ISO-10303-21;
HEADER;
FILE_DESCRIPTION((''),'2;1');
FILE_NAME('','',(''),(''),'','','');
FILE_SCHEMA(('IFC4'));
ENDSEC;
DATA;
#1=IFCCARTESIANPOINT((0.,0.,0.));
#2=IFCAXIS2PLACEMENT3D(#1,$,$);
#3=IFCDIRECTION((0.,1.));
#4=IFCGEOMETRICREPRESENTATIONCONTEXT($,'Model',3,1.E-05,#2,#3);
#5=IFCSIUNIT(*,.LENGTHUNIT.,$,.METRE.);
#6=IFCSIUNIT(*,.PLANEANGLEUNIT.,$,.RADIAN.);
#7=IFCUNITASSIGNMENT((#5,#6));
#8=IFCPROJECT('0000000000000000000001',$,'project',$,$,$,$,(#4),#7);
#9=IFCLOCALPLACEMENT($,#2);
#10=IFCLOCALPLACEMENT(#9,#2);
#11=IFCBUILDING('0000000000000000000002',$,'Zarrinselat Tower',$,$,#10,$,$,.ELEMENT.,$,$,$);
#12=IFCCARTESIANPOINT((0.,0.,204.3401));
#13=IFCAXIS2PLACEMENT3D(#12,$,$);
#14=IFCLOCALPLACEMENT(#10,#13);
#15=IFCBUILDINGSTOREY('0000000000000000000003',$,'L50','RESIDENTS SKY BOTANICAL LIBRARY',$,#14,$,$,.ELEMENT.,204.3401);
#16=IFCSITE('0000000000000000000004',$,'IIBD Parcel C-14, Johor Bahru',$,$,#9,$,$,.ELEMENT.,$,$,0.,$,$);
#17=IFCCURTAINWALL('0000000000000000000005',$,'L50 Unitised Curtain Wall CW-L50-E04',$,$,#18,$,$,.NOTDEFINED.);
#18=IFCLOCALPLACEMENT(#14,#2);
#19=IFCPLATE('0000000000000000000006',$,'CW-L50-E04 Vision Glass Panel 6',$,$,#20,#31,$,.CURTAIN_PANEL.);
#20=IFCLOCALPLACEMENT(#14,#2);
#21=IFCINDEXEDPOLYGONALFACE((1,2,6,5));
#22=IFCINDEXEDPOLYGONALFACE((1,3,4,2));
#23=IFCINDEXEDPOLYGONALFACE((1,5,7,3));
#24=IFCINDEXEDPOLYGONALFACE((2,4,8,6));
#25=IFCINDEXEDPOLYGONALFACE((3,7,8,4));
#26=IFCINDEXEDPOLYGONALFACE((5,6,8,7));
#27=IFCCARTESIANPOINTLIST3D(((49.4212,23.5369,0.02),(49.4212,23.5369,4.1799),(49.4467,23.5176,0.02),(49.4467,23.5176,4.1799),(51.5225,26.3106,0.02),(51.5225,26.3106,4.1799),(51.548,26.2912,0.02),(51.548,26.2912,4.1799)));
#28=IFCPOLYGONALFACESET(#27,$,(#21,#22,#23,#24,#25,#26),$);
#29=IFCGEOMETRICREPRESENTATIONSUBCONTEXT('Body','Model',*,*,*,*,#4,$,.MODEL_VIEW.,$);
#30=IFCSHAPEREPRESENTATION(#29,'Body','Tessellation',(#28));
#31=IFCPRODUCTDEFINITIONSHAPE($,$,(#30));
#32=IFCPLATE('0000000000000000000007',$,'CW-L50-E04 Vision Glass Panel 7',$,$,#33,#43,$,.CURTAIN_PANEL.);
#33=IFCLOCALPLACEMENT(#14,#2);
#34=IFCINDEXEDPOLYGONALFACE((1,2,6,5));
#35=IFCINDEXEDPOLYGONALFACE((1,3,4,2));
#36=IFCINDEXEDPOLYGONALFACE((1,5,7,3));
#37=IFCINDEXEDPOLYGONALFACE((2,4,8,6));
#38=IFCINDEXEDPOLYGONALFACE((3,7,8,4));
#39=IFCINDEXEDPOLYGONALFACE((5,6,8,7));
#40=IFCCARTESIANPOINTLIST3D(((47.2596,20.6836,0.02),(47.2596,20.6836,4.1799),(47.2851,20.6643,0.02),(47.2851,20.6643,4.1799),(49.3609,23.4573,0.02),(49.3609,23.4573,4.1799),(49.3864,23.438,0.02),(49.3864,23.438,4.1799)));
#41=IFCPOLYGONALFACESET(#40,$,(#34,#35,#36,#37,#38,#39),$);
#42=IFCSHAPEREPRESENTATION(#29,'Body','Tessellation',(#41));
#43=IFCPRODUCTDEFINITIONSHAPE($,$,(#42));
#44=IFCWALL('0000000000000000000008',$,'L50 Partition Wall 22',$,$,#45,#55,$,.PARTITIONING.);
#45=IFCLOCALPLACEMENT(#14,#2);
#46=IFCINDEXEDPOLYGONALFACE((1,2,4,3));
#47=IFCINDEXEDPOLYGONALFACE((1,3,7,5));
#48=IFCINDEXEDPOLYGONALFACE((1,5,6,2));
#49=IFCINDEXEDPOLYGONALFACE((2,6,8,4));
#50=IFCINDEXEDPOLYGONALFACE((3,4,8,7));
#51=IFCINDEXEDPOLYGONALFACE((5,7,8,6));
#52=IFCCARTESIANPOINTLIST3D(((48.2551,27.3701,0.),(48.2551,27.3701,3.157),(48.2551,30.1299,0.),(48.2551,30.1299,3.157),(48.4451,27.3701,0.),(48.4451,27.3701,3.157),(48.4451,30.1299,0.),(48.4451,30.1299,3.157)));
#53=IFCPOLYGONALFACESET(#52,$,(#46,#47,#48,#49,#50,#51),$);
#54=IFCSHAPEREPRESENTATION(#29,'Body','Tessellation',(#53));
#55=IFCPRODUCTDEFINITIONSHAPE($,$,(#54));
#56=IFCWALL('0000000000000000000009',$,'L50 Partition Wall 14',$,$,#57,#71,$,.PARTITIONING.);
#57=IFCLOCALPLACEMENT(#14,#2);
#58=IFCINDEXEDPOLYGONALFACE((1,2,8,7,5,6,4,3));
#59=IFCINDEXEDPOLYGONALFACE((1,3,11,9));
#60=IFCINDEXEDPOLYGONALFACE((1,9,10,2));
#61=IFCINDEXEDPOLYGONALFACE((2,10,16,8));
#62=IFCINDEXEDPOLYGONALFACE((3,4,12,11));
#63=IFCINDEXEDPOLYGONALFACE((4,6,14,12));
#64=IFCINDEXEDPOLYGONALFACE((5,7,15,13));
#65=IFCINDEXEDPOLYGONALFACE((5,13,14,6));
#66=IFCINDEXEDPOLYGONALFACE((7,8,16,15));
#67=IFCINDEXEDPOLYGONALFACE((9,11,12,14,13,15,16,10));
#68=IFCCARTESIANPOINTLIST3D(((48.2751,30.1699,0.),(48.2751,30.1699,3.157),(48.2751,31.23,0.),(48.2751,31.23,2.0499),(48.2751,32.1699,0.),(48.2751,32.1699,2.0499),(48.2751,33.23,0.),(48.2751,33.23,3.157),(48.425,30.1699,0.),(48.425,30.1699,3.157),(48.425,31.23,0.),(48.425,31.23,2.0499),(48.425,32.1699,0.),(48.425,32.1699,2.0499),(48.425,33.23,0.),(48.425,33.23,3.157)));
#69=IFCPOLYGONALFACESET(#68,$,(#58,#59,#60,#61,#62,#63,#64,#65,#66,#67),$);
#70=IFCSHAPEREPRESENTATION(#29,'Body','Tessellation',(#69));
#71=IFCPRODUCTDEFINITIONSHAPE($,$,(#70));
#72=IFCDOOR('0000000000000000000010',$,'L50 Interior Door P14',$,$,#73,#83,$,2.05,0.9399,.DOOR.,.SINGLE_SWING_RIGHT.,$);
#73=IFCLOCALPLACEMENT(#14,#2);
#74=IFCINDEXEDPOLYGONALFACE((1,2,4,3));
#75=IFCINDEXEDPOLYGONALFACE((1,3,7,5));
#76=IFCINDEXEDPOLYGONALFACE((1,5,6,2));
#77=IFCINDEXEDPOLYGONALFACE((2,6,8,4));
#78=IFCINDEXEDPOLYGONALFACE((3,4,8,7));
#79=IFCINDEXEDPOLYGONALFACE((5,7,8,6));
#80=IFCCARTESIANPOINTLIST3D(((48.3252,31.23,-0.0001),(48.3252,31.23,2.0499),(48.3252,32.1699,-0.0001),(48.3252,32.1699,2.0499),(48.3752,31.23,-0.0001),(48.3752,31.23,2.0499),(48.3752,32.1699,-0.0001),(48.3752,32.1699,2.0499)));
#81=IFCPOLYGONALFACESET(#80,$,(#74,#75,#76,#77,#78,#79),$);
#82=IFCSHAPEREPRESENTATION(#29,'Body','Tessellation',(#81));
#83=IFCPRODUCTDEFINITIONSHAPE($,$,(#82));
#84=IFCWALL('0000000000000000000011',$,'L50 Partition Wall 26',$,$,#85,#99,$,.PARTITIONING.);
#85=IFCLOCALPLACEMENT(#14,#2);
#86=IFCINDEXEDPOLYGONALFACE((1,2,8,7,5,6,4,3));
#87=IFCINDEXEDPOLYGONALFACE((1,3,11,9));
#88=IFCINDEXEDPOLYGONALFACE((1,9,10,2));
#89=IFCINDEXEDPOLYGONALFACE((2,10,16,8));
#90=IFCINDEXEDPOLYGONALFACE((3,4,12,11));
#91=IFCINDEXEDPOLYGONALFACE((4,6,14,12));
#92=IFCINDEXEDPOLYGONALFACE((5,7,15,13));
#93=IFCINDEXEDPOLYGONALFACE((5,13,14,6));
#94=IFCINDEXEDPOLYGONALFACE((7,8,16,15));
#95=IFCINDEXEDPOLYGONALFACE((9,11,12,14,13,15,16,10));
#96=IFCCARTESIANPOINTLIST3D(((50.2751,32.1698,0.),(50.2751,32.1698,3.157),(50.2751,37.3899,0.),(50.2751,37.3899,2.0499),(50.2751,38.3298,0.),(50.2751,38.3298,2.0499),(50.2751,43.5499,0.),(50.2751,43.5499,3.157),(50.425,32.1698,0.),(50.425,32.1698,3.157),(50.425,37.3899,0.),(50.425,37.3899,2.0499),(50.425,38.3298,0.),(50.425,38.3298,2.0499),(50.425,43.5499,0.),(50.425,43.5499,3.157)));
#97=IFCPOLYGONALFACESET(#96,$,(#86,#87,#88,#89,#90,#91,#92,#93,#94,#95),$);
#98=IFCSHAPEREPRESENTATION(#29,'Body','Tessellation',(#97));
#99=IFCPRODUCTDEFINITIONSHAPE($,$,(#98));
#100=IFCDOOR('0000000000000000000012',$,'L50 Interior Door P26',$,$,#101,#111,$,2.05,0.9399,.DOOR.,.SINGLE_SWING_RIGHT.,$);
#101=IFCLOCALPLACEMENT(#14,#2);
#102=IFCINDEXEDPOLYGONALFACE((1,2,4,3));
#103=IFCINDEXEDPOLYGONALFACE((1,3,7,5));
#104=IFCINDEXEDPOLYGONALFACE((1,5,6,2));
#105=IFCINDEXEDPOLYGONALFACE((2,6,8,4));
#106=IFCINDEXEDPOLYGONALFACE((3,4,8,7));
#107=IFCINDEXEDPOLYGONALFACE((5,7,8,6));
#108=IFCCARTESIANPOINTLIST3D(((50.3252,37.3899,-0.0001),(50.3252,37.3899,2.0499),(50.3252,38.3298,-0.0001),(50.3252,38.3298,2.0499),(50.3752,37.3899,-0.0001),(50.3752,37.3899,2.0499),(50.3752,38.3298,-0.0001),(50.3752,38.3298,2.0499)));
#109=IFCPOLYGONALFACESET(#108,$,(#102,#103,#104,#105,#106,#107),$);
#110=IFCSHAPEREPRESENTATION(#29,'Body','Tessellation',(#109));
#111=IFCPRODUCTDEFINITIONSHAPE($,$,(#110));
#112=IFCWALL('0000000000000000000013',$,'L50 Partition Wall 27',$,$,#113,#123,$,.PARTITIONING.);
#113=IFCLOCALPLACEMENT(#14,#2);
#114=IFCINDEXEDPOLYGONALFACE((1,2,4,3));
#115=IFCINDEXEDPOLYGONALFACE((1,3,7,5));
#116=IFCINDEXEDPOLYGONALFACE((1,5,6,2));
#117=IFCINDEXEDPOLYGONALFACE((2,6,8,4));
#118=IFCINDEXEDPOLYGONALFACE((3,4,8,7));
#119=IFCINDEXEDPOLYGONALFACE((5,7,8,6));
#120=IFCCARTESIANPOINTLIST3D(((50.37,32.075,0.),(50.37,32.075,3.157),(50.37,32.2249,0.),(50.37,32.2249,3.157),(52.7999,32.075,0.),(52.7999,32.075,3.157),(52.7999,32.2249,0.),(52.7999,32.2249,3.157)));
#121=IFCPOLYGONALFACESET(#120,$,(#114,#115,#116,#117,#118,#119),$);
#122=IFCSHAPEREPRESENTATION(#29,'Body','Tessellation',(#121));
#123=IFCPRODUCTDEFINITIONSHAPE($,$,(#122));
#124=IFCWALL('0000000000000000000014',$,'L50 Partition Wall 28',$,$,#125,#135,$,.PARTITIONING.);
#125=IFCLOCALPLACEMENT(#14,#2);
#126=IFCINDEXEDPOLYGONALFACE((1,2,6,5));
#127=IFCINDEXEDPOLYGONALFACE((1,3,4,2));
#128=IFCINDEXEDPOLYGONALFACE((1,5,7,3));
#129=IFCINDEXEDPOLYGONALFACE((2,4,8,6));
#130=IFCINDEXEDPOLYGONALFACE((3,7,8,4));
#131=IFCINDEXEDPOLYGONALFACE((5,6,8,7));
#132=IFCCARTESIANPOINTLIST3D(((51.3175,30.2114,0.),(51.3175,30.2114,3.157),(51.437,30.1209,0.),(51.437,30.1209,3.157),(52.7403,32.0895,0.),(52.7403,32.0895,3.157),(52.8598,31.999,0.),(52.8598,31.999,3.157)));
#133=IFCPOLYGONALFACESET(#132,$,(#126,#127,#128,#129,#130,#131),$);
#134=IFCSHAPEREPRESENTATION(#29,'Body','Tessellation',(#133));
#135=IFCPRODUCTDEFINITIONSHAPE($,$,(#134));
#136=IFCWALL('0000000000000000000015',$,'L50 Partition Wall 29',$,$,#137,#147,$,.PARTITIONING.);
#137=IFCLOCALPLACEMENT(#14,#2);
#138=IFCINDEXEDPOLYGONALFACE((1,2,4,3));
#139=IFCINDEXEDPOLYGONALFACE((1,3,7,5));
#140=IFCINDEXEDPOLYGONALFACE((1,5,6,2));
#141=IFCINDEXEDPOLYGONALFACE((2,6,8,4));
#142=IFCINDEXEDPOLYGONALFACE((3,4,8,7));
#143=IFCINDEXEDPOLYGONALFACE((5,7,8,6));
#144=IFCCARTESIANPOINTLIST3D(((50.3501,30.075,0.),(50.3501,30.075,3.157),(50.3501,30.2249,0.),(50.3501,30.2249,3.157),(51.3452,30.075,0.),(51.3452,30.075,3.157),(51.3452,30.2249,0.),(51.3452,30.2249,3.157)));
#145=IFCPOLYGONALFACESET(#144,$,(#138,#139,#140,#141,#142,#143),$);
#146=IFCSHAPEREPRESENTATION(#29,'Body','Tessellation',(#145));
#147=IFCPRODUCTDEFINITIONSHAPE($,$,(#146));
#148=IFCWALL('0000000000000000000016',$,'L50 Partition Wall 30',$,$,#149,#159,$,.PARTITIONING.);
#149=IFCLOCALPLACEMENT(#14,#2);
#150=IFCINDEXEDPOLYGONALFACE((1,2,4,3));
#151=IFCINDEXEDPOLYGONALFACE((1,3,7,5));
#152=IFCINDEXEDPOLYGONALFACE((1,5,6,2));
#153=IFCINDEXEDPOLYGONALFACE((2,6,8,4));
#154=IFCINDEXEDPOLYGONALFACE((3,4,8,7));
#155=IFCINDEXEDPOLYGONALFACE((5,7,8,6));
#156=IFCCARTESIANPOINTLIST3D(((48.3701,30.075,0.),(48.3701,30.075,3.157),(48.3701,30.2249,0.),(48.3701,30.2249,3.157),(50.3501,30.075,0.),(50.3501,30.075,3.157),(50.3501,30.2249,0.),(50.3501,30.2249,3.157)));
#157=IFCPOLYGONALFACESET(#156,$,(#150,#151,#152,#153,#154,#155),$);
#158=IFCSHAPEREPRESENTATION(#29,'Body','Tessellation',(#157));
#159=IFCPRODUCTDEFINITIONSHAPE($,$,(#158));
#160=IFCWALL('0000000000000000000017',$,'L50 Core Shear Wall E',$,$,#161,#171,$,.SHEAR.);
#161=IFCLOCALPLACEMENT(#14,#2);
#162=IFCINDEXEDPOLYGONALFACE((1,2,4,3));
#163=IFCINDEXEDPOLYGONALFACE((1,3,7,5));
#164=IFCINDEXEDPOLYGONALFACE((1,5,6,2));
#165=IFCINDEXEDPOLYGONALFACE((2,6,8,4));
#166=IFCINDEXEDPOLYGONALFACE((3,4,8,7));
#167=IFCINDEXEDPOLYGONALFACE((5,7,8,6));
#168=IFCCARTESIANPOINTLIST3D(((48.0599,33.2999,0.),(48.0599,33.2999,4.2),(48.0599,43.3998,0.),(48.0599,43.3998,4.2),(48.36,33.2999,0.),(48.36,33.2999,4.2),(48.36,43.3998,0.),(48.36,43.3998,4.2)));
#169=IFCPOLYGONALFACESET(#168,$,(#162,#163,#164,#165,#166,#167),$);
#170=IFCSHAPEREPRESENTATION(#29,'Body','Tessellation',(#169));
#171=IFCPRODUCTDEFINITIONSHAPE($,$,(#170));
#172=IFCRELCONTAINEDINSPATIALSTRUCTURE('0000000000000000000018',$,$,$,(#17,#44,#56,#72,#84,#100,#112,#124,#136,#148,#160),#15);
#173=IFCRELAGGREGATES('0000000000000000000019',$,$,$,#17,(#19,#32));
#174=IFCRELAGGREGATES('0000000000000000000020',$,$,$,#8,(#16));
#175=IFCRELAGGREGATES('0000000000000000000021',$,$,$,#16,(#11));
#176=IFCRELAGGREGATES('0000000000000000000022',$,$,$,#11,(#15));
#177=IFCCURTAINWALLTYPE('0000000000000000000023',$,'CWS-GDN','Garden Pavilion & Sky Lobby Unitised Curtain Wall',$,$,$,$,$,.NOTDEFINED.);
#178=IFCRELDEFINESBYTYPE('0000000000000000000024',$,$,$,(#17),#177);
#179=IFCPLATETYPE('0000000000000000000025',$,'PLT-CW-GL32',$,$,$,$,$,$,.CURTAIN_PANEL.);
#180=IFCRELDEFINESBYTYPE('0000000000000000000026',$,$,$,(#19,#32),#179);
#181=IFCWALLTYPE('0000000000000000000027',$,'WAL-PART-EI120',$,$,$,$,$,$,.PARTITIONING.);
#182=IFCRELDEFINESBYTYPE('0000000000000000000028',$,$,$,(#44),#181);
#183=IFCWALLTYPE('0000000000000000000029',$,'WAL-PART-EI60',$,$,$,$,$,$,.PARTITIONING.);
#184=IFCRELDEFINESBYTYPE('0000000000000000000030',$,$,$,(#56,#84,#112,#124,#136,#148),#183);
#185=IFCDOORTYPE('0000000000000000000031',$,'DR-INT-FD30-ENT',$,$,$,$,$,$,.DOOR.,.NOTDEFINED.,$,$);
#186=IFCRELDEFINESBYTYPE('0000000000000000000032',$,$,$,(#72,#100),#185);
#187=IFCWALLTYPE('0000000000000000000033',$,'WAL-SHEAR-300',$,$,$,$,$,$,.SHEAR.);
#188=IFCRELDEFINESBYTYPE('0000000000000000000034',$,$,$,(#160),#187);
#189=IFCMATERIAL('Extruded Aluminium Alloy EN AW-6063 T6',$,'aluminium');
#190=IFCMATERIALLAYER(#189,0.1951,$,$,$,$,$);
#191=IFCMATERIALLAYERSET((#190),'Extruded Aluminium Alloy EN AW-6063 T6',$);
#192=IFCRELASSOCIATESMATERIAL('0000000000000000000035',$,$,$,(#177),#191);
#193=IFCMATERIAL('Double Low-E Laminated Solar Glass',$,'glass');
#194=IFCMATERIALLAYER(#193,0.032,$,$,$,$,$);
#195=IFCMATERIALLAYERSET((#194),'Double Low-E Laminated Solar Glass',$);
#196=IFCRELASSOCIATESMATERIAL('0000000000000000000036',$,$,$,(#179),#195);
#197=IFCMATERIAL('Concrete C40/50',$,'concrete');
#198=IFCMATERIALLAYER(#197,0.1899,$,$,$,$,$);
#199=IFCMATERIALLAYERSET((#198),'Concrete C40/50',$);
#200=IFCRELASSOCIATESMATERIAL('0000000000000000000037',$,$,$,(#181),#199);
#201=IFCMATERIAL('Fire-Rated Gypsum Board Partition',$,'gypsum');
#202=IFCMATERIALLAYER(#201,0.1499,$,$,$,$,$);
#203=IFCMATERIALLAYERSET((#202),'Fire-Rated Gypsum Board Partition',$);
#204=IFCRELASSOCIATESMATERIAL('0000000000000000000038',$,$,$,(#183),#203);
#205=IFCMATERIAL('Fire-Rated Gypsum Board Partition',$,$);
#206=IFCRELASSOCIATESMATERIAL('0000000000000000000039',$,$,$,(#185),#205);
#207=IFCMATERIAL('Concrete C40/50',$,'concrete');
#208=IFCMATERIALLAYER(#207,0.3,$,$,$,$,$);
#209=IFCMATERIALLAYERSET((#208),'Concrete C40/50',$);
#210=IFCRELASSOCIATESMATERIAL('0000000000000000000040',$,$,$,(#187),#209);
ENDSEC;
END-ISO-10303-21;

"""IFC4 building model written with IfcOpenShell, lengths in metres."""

from ifc_helpers import new_model, si_unit, direction, frame, frame_2d, origin, origin_2d, place, context, subcontext, project, spatial, rectangle, extrude, material, layer, layer_set, type_object, element, fill, aggregate, save


model = new_model("IFC4")

# Units and contexts
model_context = context("Model", 3, precision=1e-05, world=origin(), true_north=direction((0.0, 1.0)))
body_context = subcontext(model_context, "Body", "Model", "MODEL_VIEW")
ifc_project = project(units=[si_unit("LENGTHUNIT", "METRE"), si_unit("PLANEANGLEUNIT", "RADIAN")], contexts=[model_context])

# Site, building, storey
site_placement = place(None, origin())
site = spatial("IfcSite", under=ifc_project, at=site_placement, Name="IIBD Parcel C-14, Johor Bahru", CompositionType="ELEMENT", RefElevation=0.0)
building_placement = place(site_placement, origin())
building = spatial("IfcBuilding", under=site, at=building_placement, Name="Zarrinselat Tower", CompositionType="ELEMENT")
storey_placement = place(building_placement, frame((0.0, 0.0, 204.3401)))
storey = spatial("IfcBuildingStorey", under=building, at=storey_placement, Name="L50", Description="RESIDENTS SKY BOTANICAL LIBRARY", CompositionType="ELEMENT", Elevation=204.3401)

# Curtain wall, plates
ifc_material_1 = material(Name="Extruded Aluminium Alloy EN AW-6063 T6", Category="aluminium")
ifc_layer_1 = layer(ifc_material_1, 0.1951)
ifc_layer_set_1 = layer_set([ifc_layer_1], Name="Extruded Aluminium Alloy EN AW-6063 T6")
curtain_wall_type = type_object("IfcCurtainWallType", Name="CWS-GDN", Description="Garden Pavilion & Sky Lobby Unitised Curtain Wall", PredefinedType="NOTDEFINED", material=ifc_layer_set_1)
curtain_wall_placement = place(storey_placement, origin())
curtain_wall = element("IfcCurtainWall", 1, at=curtain_wall_placement, inside=storey, type_object=curtain_wall_type, Name="L50 Unitised Curtain Wall CW-L50-E04", PredefinedType="NOTDEFINED")
ifc_material_2 = material(Name="Double Low-E Laminated Solar Glass", Category="glass")
ifc_layer_2 = layer(ifc_material_2, 0.032)
ifc_layer_set_2 = layer_set([ifc_layer_2], Name="Double Low-E Laminated Solar Glass")
plate_type = type_object("IfcPlateType", Name="PLT-CW-GL32", PredefinedType="CURTAIN_PANEL", material=ifc_layer_set_2)
plate_1_placement = place(storey_placement, frame((50.4846, 24.9141, 0.02), z_axis=(0.0, 0.0, 1.0), x_axis=(-0.603858, -0.797092, 0.0)))
plate_1 = element("IfcPlate", 2, at=plate_1_placement, type_object=plate_type, Name="CW-L50-E04 Vision Glass Panel 6", PredefinedType="CURTAIN_PANEL", context=body_context, shape_type="SweptSolid", body=[
    extrude(rectangle(XDim=3.4797, YDim=0.032, at=origin_2d()), origin(), (0.0, 0.0, 1.0), 4.1599),
])
plate_2_placement = place(storey_placement, frame((48.323, 22.0608, 0.02), z_axis=(0.0, 0.0, 1.0), x_axis=(-0.603858, -0.797092, 0.0)))
plate_2 = element("IfcPlate", 3, at=plate_2_placement, type_object=plate_type, Name="CW-L50-E04 Vision Glass Panel 7", PredefinedType="CURTAIN_PANEL", context=body_context, shape_type="SweptSolid", body=[
    extrude(rectangle(XDim=3.4797, YDim=0.032, at=origin_2d()), origin(), (0.0, 0.0, 1.0), 4.1599),
])
aggregate(curtain_wall, [plate_1, plate_2])

# Wall
ifc_material_3 = material(Name="Concrete C40/50", Category="concrete")
ifc_layer_3 = layer(ifc_material_3, 0.1899)
ifc_layer_set_3 = layer_set([ifc_layer_3], Name="Concrete C40/50")
wall_type_1 = type_object("IfcWallType", Name="WAL-PART-EI120", PredefinedType="PARTITIONING", material=ifc_layer_set_3)
wall_1_placement = place(storey_placement, frame((48.3501, 27.3701, 0.0), z_axis=(0.0, 0.0, 1.0), x_axis=(0.0, 1.0, 0.0)))
element("IfcWall", 4, at=wall_1_placement, inside=storey, type_object=wall_type_1, Name="L50 Partition Wall 22", PredefinedType="PARTITIONING", context=body_context, shape_type="SweptSolid", body=[
    extrude(rectangle(XDim=2.7598, YDim=0.1899, at=frame_2d((1.3799, 0.0))), origin(), (0.0, 0.0, 1.0), 3.157),
])

# Walls, openings, doors
ifc_material_4 = material(Name="Fire-Rated Gypsum Board Partition", Category="gypsum")
ifc_layer_4 = layer(ifc_material_4, 0.1499)
ifc_layer_set_4 = layer_set([ifc_layer_4], Name="Fire-Rated Gypsum Board Partition")
wall_type_2 = type_object("IfcWallType", Name="WAL-PART-EI60", PredefinedType="PARTITIONING", material=ifc_layer_set_4)
wall_2_placement = place(storey_placement, frame((48.3501, 30.1699, 0.0), z_axis=(0.0, 0.0, 1.0), x_axis=(0.0, 1.0, 0.0)))
wall_2 = element("IfcWall", 5, at=wall_2_placement, inside=storey, type_object=wall_type_2, Name="L50 Partition Wall 14", PredefinedType="PARTITIONING", context=body_context, shape_type="SweptSolid", body=[
    extrude(rectangle(XDim=3.0601, YDim=0.1499, at=frame_2d((1.53, 0.0))), origin(), (0.0, 0.0, 1.0), 3.157),
])
opening_1_placement = place(wall_2_placement, frame((1.0601, 0.0, 0.0)))
opening_1 = element("IfcOpeningElement", 6, at=opening_1_placement, cuts=wall_2, PredefinedType="OPENING", context=body_context, shape_type="SweptSolid", body=[
    extrude(rectangle(XDim=0.9399, YDim=2.05, at=frame_2d((0.47, 1.0249))), frame((0.0, 0.085, 0.0), z_axis=(0.0, -1.0, 0.0), x_axis=(1.0, 0.0, 0.0)), (0.0, 0.0, 1.0), 0.1699),
])
ifc_material_5 = material(Name="Fire-Rated Gypsum Board Partition")
door_type = type_object("IfcDoorType", Name="DR-INT-FD30-ENT", OperationType="NOTDEFINED", PredefinedType="DOOR", material=ifc_material_5)
door_1_placement = place(opening_1_placement, origin())
door_1 = element("IfcDoor", 7, at=door_1_placement, inside=storey, type_object=door_type, Name="L50 Interior Door P14", OperationType="SINGLE_SWING_RIGHT", OverallHeight=2.05, OverallWidth=0.9399, PredefinedType="DOOR", context=body_context, shape_type="SweptSolid", body=[
    extrude(rectangle(XDim=0.9399, YDim=2.05, at=frame_2d((0.47, 1.0249))), frame((0.0, 0.0249, 0.0), z_axis=(0.0, -1.0, 0.0), x_axis=(1.0, 0.0, 0.0)), (0.0, 0.0, 1.0), 0.05),
])
fill(opening_1, door_1)
wall_3_placement = place(storey_placement, frame((50.3501, 32.1699, 0.0), z_axis=(0.0, 0.0, 1.0), x_axis=(0.0, 1.0, 0.0)))
wall_3 = element("IfcWall", 8, at=wall_3_placement, inside=storey, type_object=wall_type_2, Name="L50 Partition Wall 26", PredefinedType="PARTITIONING", context=body_context, shape_type="SweptSolid", body=[
    extrude(rectangle(XDim=11.3801, YDim=0.1499, at=frame_2d((5.6899, 0.0))), origin(), (0.0, 0.0, 1.0), 3.157),
])
opening_2_placement = place(wall_3_placement, frame((5.22, 0.0, 0.0)))
opening_2 = element("IfcOpeningElement", 9, at=opening_2_placement, cuts=wall_3, PredefinedType="OPENING", context=body_context, shape_type="SweptSolid", body=[
    extrude(rectangle(XDim=0.9399, YDim=2.05, at=frame_2d((0.47, 1.0249))), frame((0.0, 0.085, 0.0), z_axis=(0.0, -1.0, 0.0), x_axis=(1.0, 0.0, 0.0)), (0.0, 0.0, 1.0), 0.1699),
])
door_2_placement = place(opening_2_placement, origin())
door_2 = element("IfcDoor", 10, at=door_2_placement, inside=storey, type_object=door_type, Name="L50 Interior Door P26", OperationType="SINGLE_SWING_RIGHT", OverallHeight=2.05, OverallWidth=0.9399, PredefinedType="DOOR", context=body_context, shape_type="SweptSolid", body=[
    extrude(rectangle(XDim=0.9399, YDim=2.05, at=frame_2d((0.47, 1.0249))), frame((0.0, 0.0249, 0.0), z_axis=(0.0, -1.0, 0.0), x_axis=(1.0, 0.0, 0.0)), (0.0, 0.0, 1.0), 0.05),
])
fill(opening_2, door_2)

# Walls
wall_4_placement = place(storey_placement, frame((50.3701, 32.1499, 0.0), z_axis=(0.0, 0.0, 1.0), x_axis=(1.0, 0.0, 0.0)))
element("IfcWall", 11, at=wall_4_placement, inside=storey, type_object=wall_type_2, Name="L50 Partition Wall 27", PredefinedType="PARTITIONING", context=body_context, shape_type="SweptSolid", body=[
    extrude(rectangle(XDim=2.4299, YDim=0.1499, at=frame_2d((1.2148, 0.0))), origin(), (0.0, 0.0, 1.0), 3.157),
])
wall_5_placement = place(storey_placement, frame((51.3772, 30.166, 0.0), z_axis=(0.0, 0.0, 1.0), x_axis=(0.603856, 0.797094, 0.0)))
element("IfcWall", 12, at=wall_5_placement, inside=storey, type_object=wall_type_2, Name="L50 Partition Wall 28", PredefinedType="PARTITIONING", context=body_context, shape_type="SweptSolid", body=[
    extrude(rectangle(XDim=2.3562, YDim=0.1499, at=frame_2d((1.1782, 0.0))), origin(), (0.0, 0.0, 1.0), 3.157),
])
wall_6_placement = place(storey_placement, frame((50.3501, 30.1499, 0.0), z_axis=(0.0, 0.0, 1.0), x_axis=(1.0, 0.0, 0.0)))
element("IfcWall", 13, at=wall_6_placement, inside=storey, type_object=wall_type_2, Name="L50 Partition Wall 29", PredefinedType="PARTITIONING", context=body_context, shape_type="SweptSolid", body=[
    extrude(rectangle(XDim=0.9951, YDim=0.1499, at=frame_2d((0.4976, 0.0))), origin(), (0.0, 0.0, 1.0), 3.157),
])
wall_7_placement = place(storey_placement, frame((48.3701, 30.1499, 0.0), z_axis=(0.0, 0.0, 1.0), x_axis=(1.0, 0.0, 0.0)))
element("IfcWall", 14, at=wall_7_placement, inside=storey, type_object=wall_type_2, Name="L50 Partition Wall 30", PredefinedType="PARTITIONING", context=body_context, shape_type="SweptSolid", body=[
    extrude(rectangle(XDim=1.98, YDim=0.1499, at=frame_2d((0.99, 0.0))), origin(), (0.0, 0.0, 1.0), 3.157),
])
ifc_material_6 = material(Name="Concrete C40/50", Category="concrete")
ifc_layer_5 = layer(ifc_material_6, 0.3)
ifc_layer_set_5 = layer_set([ifc_layer_5], Name="Concrete C40/50")
wall_type_3 = type_object("IfcWallType", Name="WAL-SHEAR-300", PredefinedType="SHEAR", material=ifc_layer_set_5)
wall_8_placement = place(storey_placement, frame((48.21, 33.3, 0.0), z_axis=(0.0, 0.0, 1.0), x_axis=(0.0, 1.0, 0.0)))
element("IfcWall", 15, at=wall_8_placement, inside=storey, type_object=wall_type_3, Name="L50 Core Shear Wall E", PredefinedType="SHEAR", context=body_context, shape_type="SweptSolid", body=[
    extrude(rectangle(XDim=10.0999, YDim=0.3, at=frame_2d((5.0498, 0.0))), origin(), (0.0, 0.0, 1.0), 4.2),
])

save(model, "model.ifc")
